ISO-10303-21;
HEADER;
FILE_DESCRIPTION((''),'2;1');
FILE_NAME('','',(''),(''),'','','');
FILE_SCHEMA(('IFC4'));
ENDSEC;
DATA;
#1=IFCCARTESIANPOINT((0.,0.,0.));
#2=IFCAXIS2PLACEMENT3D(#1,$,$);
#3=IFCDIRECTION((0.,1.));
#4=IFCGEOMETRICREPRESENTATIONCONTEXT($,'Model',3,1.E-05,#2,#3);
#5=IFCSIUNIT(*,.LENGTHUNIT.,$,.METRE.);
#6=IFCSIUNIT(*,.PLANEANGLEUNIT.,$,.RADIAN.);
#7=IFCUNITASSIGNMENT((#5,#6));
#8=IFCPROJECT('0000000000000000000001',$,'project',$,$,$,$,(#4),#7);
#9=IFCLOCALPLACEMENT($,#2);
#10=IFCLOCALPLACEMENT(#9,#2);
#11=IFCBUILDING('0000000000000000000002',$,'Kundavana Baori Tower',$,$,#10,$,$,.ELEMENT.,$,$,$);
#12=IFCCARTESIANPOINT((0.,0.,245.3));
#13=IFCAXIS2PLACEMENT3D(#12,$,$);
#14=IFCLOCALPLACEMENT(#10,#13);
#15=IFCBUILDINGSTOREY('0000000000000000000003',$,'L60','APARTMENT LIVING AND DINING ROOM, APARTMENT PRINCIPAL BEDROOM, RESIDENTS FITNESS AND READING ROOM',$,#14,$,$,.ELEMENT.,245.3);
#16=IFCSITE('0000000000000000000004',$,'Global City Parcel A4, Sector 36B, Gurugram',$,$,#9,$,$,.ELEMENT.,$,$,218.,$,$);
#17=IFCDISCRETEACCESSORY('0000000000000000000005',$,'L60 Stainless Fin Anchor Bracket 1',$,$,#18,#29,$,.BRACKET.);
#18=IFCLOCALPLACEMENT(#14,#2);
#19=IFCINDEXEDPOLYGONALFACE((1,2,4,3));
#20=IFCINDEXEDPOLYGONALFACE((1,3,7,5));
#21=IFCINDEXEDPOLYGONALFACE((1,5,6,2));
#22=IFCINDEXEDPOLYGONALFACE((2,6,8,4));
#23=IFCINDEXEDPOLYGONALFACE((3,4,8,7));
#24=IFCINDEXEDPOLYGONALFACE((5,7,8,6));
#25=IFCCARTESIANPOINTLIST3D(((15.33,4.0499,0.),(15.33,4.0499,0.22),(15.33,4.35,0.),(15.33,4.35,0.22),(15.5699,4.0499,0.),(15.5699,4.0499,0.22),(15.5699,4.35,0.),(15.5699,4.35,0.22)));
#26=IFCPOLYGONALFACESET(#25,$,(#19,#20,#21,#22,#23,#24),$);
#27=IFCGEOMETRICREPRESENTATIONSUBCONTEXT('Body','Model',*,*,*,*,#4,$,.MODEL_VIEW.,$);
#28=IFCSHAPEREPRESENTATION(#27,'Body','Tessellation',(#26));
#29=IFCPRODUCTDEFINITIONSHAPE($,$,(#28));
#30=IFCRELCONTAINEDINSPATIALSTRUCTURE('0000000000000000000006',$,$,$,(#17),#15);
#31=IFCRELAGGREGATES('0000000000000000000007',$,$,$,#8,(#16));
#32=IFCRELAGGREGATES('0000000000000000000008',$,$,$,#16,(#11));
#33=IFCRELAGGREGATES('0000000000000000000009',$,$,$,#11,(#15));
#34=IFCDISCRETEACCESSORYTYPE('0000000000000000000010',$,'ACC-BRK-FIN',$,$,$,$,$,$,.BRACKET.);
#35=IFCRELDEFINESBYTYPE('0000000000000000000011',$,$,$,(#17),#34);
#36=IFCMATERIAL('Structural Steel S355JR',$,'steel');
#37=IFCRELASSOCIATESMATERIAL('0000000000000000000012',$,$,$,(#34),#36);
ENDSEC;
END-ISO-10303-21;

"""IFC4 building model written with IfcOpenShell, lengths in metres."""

from ifc_helpers import new_model, si_unit, direction, frame, origin, origin_2d, place, context, subcontext, project, spatial, rectangle, extrude, material, type_object, element, save


model = new_model("IFC4")

# Units and contexts
model_context = context("Model", 3, precision=1e-05, world=origin(), true_north=direction((0.0, 1.0)))
body_context = subcontext(model_context, "Body", "Model", "MODEL_VIEW")
ifc_project = project(units=[si_unit("LENGTHUNIT", "METRE"), si_unit("PLANEANGLEUNIT", "RADIAN")], contexts=[model_context])

# Site, building, storey
site_placement = place(None, origin())
site = spatial("IfcSite", under=ifc_project, at=site_placement, Name="Global City Parcel A4, Sector 36B, Gurugram", CompositionType="ELEMENT", RefElevation=218.0)
building_placement = place(site_placement, origin())
building = spatial("IfcBuilding", under=site, at=building_placement, Name="Kundavana Baori Tower", CompositionType="ELEMENT")
storey_placement = place(building_placement, frame((0.0, 0.0, 245.3)))
storey = spatial("IfcBuildingStorey", under=building, at=storey_placement, Name="L60", Description="APARTMENT LIVING AND DINING ROOM, APARTMENT PRINCIPAL BEDROOM, RESIDENTS FITNESS AND READING ROOM", CompositionType="ELEMENT", Elevation=245.3)

# Discrete accessory
ifc_material_1 = material(Name="Structural Steel S355JR", Category="steel")
discrete_accessory_type = type_object("IfcDiscreteAccessoryType", Name="ACC-BRK-FIN", PredefinedType="BRACKET", material=ifc_material_1)
discrete_accessory_placement = place(storey_placement, frame((15.45, 4.2, 0.0), z_axis=(0.0, 0.0, 1.0), x_axis=(1.0, 0.0, 0.0)))
element("IfcDiscreteAccessory", 1, at=discrete_accessory_placement, inside=storey, type_object=discrete_accessory_type, Name="L60 Stainless Fin Anchor Bracket 1", PredefinedType="BRACKET", context=body_context, shape_type="SweptSolid", body=[
    extrude(rectangle(XDim=0.24, YDim=0.3, at=origin_2d()), origin(), (0.0, 0.0, 1.0), 0.22),
])

save(model, "model.ifc")
